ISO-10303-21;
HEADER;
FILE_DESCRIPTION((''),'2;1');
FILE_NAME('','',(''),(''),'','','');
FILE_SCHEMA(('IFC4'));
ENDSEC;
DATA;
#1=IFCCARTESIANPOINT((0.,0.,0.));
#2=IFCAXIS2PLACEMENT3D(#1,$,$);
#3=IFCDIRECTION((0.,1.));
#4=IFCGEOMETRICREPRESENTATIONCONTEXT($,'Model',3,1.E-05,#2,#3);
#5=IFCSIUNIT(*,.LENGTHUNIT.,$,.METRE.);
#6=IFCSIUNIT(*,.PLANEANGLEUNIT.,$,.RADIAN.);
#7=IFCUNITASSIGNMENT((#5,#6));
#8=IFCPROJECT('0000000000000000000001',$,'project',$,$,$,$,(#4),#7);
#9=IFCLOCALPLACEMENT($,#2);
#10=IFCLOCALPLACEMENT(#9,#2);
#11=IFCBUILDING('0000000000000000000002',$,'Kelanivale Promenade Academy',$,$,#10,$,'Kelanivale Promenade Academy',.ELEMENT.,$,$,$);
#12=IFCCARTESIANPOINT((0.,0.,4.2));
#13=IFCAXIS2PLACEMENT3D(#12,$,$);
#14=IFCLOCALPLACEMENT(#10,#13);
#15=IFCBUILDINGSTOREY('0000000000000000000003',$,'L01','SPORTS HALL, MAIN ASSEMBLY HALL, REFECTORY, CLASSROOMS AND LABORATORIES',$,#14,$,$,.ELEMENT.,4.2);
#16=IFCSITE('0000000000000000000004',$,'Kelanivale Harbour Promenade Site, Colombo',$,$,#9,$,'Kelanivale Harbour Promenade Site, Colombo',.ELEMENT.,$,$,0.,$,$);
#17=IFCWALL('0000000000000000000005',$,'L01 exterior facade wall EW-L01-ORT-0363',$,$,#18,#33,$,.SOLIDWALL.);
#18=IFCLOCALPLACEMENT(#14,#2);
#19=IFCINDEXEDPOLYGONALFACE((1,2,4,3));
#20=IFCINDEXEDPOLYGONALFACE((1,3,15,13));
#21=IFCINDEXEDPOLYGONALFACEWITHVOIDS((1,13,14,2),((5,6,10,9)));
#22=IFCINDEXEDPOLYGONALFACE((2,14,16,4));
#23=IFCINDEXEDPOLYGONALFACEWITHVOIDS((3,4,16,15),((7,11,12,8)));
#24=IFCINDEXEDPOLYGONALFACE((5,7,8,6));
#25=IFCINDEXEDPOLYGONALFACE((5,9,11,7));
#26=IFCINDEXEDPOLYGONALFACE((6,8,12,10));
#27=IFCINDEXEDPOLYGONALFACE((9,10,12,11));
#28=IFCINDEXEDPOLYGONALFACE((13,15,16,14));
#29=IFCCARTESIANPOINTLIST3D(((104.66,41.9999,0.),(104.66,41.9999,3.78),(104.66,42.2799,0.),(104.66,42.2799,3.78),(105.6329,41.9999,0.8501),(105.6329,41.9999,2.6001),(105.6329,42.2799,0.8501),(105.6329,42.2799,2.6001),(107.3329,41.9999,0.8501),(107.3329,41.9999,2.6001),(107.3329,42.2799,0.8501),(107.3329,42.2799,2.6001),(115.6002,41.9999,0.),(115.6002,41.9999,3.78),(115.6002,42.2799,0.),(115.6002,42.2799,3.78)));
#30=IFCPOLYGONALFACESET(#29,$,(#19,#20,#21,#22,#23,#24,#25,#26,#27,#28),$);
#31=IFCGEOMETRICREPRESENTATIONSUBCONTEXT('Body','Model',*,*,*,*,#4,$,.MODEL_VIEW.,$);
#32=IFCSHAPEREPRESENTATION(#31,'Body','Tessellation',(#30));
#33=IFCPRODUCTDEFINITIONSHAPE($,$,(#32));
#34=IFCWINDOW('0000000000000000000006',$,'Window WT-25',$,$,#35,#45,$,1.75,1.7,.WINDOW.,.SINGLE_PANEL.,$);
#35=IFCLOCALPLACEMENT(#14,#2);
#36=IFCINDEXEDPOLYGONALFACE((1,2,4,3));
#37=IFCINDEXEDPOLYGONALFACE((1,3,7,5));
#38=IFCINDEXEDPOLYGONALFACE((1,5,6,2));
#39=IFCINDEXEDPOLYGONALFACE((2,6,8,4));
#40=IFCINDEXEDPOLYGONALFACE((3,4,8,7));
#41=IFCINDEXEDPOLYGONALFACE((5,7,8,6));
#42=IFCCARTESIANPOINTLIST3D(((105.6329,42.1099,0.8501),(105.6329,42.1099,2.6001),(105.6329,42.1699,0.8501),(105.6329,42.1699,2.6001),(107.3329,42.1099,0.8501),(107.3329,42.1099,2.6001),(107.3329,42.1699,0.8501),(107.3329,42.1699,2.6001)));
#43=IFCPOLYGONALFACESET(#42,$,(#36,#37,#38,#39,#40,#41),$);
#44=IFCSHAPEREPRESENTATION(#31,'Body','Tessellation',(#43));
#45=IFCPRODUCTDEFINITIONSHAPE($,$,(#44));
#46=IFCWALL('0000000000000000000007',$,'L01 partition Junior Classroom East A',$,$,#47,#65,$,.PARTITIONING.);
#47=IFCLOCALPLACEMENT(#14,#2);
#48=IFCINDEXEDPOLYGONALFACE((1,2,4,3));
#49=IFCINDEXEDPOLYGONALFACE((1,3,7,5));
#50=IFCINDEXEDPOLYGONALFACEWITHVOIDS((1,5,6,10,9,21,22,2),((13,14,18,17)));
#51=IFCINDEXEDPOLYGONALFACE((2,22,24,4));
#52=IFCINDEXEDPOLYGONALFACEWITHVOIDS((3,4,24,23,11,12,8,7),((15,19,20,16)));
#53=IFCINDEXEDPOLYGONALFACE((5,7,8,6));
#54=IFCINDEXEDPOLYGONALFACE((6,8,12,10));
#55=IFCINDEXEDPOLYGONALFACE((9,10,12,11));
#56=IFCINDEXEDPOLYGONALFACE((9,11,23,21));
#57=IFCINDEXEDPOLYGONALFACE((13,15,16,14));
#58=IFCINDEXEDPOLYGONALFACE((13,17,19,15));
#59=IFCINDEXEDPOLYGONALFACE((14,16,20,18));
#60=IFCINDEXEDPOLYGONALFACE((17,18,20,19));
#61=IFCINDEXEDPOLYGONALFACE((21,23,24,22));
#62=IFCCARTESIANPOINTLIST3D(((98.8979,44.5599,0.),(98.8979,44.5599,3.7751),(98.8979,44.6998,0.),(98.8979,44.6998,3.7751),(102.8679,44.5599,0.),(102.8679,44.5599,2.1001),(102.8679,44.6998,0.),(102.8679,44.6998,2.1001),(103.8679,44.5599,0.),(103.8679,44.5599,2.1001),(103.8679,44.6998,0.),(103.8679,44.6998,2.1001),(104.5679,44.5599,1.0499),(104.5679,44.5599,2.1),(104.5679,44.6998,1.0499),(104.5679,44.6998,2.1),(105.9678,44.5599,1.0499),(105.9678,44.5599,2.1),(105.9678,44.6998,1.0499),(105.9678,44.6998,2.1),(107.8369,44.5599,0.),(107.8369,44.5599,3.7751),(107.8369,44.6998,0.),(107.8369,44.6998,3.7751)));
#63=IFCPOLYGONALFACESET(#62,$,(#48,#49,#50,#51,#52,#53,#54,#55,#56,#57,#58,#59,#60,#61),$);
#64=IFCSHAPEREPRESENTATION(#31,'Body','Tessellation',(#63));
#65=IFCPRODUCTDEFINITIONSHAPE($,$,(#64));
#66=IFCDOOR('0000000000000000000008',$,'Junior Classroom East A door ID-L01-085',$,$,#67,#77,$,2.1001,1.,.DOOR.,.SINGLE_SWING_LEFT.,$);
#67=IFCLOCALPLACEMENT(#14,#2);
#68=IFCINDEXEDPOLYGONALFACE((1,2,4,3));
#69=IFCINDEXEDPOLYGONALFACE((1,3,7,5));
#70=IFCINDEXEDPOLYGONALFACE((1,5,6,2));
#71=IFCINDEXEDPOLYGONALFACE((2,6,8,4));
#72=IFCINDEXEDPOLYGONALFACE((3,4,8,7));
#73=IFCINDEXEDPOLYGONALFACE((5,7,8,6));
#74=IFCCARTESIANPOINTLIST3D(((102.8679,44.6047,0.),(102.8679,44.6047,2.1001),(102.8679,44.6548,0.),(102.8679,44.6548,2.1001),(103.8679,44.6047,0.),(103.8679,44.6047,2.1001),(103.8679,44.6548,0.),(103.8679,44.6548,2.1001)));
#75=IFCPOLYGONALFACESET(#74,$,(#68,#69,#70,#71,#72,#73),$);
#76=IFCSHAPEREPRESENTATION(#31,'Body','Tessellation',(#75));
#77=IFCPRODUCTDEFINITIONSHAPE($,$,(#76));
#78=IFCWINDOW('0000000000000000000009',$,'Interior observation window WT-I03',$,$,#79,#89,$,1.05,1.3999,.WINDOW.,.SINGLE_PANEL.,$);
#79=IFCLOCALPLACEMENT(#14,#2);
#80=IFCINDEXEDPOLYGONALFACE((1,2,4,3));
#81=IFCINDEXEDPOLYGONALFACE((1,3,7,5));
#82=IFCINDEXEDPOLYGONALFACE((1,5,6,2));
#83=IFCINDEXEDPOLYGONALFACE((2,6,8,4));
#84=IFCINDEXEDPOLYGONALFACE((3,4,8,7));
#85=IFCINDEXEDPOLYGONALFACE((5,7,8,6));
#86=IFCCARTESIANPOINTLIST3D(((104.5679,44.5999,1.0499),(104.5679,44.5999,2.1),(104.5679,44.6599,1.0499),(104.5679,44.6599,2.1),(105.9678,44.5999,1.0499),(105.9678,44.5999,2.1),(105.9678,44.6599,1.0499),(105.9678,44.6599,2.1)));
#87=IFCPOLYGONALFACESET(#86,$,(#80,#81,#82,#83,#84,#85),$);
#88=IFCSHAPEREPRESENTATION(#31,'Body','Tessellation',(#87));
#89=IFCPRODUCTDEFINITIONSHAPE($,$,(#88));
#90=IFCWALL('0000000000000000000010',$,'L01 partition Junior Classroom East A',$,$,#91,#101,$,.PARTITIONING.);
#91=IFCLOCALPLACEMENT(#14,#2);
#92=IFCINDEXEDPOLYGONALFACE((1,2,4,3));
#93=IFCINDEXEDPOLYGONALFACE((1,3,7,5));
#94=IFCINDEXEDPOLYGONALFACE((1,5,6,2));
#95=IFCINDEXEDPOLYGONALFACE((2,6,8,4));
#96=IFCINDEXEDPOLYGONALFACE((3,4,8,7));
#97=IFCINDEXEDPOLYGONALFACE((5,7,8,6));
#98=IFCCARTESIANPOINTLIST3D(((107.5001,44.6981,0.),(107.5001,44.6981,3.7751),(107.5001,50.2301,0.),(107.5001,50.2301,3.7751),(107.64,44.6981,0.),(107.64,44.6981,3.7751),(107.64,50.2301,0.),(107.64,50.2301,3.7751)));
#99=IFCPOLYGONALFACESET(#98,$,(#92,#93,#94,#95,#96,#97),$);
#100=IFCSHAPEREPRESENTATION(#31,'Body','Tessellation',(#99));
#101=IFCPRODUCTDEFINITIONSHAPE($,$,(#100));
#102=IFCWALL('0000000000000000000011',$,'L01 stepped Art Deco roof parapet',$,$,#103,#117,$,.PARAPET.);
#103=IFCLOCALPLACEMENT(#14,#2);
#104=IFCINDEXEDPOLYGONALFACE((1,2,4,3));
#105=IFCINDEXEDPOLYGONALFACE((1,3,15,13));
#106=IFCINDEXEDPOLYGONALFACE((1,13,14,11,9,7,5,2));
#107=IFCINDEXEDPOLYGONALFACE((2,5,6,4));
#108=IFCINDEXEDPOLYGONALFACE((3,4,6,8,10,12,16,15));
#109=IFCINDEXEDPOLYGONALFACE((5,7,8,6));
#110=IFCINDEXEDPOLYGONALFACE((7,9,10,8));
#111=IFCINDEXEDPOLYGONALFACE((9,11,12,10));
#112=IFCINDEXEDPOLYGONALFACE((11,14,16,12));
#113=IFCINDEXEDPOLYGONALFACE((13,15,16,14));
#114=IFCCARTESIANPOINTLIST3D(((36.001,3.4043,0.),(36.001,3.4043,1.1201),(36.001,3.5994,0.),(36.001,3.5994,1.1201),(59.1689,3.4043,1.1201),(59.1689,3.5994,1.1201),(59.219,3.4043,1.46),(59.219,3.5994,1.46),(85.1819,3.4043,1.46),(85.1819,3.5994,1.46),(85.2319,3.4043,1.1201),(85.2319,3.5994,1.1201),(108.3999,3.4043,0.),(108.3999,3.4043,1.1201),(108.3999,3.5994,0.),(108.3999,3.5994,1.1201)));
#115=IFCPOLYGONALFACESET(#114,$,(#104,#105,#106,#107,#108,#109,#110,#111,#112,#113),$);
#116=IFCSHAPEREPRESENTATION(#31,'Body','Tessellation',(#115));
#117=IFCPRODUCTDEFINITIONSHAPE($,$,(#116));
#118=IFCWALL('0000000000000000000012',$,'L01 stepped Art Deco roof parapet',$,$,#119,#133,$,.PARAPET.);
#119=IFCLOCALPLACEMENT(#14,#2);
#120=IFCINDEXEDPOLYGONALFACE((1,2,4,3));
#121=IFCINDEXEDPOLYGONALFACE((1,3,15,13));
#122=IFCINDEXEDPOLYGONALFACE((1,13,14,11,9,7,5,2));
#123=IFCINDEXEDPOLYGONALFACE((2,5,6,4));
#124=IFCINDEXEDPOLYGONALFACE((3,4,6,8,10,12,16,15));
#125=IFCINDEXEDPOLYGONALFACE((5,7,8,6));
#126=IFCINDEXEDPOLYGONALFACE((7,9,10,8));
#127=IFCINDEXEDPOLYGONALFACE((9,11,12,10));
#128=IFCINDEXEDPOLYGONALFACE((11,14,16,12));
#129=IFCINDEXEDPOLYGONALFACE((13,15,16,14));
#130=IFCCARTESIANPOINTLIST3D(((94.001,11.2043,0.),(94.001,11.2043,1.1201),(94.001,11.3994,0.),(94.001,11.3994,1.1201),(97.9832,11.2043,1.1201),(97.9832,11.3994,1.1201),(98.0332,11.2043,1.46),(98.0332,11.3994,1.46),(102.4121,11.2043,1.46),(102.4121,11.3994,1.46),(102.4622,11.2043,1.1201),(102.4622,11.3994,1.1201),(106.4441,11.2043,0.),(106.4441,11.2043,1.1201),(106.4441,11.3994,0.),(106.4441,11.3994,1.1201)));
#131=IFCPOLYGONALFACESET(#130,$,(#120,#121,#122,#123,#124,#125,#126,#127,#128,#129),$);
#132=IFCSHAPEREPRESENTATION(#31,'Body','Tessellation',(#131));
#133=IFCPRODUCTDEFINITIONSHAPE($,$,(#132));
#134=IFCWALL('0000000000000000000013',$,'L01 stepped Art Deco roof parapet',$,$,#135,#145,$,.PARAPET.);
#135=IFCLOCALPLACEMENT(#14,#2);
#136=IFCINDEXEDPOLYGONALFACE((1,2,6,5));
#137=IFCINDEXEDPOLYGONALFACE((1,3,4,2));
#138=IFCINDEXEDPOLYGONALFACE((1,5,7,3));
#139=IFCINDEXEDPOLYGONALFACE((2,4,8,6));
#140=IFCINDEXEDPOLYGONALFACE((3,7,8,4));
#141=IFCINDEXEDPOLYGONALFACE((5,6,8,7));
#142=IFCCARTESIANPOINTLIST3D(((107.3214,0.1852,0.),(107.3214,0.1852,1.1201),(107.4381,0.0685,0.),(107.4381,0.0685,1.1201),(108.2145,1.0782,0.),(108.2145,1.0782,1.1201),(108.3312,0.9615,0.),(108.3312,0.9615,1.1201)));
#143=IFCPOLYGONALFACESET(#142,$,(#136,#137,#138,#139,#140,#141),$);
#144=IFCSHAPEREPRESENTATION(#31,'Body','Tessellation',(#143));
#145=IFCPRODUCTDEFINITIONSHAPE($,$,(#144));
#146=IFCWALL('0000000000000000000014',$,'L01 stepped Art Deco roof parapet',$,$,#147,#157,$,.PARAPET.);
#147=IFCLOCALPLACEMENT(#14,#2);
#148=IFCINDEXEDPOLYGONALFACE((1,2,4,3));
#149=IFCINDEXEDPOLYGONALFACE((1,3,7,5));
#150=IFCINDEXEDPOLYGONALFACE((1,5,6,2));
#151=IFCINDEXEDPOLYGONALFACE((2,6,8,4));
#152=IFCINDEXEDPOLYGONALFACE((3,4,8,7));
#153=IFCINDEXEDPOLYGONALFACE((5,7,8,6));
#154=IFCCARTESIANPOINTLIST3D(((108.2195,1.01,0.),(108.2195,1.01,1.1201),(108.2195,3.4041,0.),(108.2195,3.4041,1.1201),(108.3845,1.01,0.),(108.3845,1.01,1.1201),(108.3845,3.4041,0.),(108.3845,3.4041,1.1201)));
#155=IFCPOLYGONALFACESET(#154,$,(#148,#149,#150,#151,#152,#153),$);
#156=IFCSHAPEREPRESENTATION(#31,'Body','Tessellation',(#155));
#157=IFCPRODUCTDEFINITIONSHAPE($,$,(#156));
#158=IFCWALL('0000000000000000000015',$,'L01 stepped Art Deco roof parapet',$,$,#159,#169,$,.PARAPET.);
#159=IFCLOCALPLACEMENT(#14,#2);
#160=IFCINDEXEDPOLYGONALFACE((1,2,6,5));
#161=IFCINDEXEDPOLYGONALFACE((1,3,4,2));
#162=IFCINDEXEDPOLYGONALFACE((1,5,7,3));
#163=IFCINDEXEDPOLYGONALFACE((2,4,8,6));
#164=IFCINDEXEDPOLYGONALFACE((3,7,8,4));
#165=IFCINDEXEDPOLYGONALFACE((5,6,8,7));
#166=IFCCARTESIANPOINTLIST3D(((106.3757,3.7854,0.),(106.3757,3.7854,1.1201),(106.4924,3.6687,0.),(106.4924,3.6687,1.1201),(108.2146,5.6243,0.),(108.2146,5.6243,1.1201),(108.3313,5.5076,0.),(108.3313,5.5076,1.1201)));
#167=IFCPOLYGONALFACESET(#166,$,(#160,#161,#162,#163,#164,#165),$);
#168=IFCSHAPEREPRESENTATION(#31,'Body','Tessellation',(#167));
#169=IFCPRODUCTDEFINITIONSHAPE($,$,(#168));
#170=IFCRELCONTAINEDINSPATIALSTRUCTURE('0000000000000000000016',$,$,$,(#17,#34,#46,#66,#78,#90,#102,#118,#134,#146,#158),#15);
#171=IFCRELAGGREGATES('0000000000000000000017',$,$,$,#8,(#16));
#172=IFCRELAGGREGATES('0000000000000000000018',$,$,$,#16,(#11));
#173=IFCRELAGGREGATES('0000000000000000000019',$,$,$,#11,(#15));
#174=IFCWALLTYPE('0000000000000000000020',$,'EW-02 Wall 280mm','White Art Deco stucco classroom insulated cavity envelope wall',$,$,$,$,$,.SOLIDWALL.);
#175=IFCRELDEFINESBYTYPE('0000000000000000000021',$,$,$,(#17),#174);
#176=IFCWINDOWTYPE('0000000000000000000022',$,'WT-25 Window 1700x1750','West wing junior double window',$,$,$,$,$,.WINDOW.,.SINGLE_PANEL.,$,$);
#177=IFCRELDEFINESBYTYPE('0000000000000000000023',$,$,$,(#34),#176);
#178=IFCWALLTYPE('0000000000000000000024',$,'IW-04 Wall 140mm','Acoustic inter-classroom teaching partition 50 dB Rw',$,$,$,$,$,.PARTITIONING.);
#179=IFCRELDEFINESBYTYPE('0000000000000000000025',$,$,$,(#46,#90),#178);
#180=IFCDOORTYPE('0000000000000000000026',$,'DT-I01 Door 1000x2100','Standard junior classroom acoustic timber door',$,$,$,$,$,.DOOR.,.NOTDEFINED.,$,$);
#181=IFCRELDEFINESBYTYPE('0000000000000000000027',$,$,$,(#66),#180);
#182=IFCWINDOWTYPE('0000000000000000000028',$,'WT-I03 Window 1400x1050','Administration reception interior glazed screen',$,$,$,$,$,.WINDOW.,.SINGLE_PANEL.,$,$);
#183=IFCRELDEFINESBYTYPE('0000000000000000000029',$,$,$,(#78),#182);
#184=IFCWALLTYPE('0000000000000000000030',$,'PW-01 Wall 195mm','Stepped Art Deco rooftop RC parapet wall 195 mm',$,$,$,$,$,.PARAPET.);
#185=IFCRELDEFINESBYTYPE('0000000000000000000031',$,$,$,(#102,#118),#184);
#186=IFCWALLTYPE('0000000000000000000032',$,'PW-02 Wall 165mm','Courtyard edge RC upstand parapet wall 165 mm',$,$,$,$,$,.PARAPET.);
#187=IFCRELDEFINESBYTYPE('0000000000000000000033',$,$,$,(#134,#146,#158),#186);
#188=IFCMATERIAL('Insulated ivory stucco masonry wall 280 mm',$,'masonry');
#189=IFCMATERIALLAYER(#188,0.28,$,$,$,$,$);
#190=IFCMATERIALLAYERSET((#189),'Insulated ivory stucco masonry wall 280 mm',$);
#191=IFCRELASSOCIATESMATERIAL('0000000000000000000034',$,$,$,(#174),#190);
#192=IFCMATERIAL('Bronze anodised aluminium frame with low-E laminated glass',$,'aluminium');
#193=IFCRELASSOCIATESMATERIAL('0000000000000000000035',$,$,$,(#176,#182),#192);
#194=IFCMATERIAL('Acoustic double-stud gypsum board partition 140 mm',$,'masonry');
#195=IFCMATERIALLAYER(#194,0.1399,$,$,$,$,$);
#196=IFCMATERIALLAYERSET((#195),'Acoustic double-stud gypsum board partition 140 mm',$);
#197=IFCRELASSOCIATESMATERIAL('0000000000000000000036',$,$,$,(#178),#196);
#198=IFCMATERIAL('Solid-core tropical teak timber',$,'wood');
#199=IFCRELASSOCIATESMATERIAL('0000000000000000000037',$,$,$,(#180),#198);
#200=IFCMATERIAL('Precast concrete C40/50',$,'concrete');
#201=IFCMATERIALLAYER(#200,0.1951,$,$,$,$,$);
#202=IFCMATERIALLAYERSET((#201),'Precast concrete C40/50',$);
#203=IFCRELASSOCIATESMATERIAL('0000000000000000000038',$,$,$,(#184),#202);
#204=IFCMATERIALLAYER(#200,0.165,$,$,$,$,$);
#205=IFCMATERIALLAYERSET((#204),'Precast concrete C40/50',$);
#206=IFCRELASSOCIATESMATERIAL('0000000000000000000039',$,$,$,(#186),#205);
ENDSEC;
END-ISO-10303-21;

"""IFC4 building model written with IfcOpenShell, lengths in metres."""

from ifc_helpers import new_model, si_unit, direction, frame, frame_2d, origin, place, context, subcontext, project, spatial, polyline, rectangle, outline, extrude, material, layer, layer_set, type_object, element, fill, save


model = new_model("IFC4")

# Units and contexts
model_context = context("Model", 3, precision=1e-05, world=origin(), true_north=direction((0.0, 1.0)))
body_context = subcontext(model_context, "Body", "Model", "MODEL_VIEW")
ifc_project = project(units=[si_unit("LENGTHUNIT", "METRE"), si_unit("PLANEANGLEUNIT", "RADIAN")], contexts=[model_context])

# Site, building, storey
site_placement = place(None, origin())
site = spatial("IfcSite", under=ifc_project, at=site_placement, Name="Kelanivale Harbour Promenade Site, Colombo", LongName="Kelanivale Harbour Promenade Site, Colombo", CompositionType="ELEMENT", RefElevation=0.0)
building_placement = place(site_placement, origin())
building = spatial("IfcBuilding", under=site, at=building_placement, Name="Kelanivale Promenade Academy", LongName="Kelanivale Promenade Academy", CompositionType="ELEMENT")
storey_placement = place(building_placement, frame((0.0, 0.0, 4.2)))
storey = spatial("IfcBuildingStorey", under=building, at=storey_placement, Name="L01", Description="SPORTS HALL, MAIN ASSEMBLY HALL, REFECTORY, CLASSROOMS AND LABORATORIES", CompositionType="ELEMENT", Elevation=4.2)

# Wall, opening, window
ifc_material_1 = material(Name="Insulated ivory stucco masonry wall 280 mm", Category="masonry")
ifc_layer_1 = layer(ifc_material_1, 0.28)
ifc_layer_set_1 = layer_set([ifc_layer_1], Name="Insulated ivory stucco masonry wall 280 mm")
wall_type_1 = type_object("IfcWallType", Name="EW-02 Wall 280mm", Description="White Art Deco stucco classroom insulated cavity envelope wall", PredefinedType="SOLIDWALL", material=ifc_layer_set_1)
wall_1_placement = place(storey_placement, frame((104.6599, 42.1399, 0.0), z_axis=(0.0, 0.0, 1.0), x_axis=(1.0, 0.0, 0.0)))
wall_1 = element("IfcWall", 1, at=wall_1_placement, inside=storey, type_object=wall_type_1, Name="L01 exterior facade wall EW-L01-ORT-0363", PredefinedType="SOLIDWALL", context=body_context, shape_type="SweptSolid", body=[
    extrude(rectangle(XDim=10.9402, YDim=0.28, at=frame_2d((5.4702, 0.0))), origin(), (0.0, 0.0, 1.0), 3.78),
])
opening_1_placement = place(wall_1_placement, frame((0.9729, 0.0, 0.8501)))
opening_1 = element("IfcOpeningElement", 2, at=opening_1_placement, cuts=wall_1, PredefinedType="OPENING", context=body_context, shape_type="SweptSolid", body=[
    extrude(rectangle(XDim=1.7, YDim=1.75, at=frame_2d((0.8501, 0.875))), frame((0.0, 0.1499, 0.0), z_axis=(0.0, -1.0, 0.0), x_axis=(1.0, 0.0, 0.0)), (0.0, 0.0, 1.0), 0.3),
])
ifc_material_2 = material(Name="Bronze anodised aluminium frame with low-E laminated glass", Category="aluminium")
window_type_1 = type_object("IfcWindowType", Name="WT-25 Window 1700x1750", Description="West wing junior double window", PartitioningType="SINGLE_PANEL", PredefinedType="WINDOW", material=ifc_material_2)
window_1_placement = place(opening_1_placement, origin())
window_1 = element("IfcWindow", 3, at=window_1_placement, inside=storey, type_object=window_type_1, Name="Window WT-25", OverallHeight=1.75, OverallWidth=1.7, PartitioningType="SINGLE_PANEL", PredefinedType="WINDOW", context=body_context, shape_type="SweptSolid", body=[
    extrude(rectangle(XDim=1.7, YDim=1.75, at=frame_2d((0.8501, 0.875))), frame((0.0, 0.03, 0.0), z_axis=(0.0, -1.0, 0.0), x_axis=(1.0, 0.0, 0.0)), (0.0, 0.0, 1.0), 0.0601),
])
fill(opening_1, window_1)

# Wall, openings, door, window
ifc_material_3 = material(Name="Acoustic double-stud gypsum board partition 140 mm", Category="masonry")
ifc_layer_2 = layer(ifc_material_3, 0.1399)
ifc_layer_set_2 = layer_set([ifc_layer_2], Name="Acoustic double-stud gypsum board partition 140 mm")
wall_type_2 = type_object("IfcWallType", Name="IW-04 Wall 140mm", Description="Acoustic inter-classroom teaching partition 50 dB Rw", PredefinedType="PARTITIONING", material=ifc_layer_set_2)
wall_2_placement = place(storey_placement, frame((98.8979, 44.6299, 0.0), z_axis=(0.0, 0.0, 1.0), x_axis=(1.0, 0.0, 0.0)))
wall_2 = element("IfcWall", 4, at=wall_2_placement, inside=storey, type_object=wall_type_2, Name="L01 partition Junior Classroom East A", PredefinedType="PARTITIONING", context=body_context, shape_type="SweptSolid", body=[
    extrude(rectangle(XDim=8.939, YDim=0.1399, at=frame_2d((4.4695, 0.0))), origin(), (0.0, 0.0, 1.0), 3.7751),
])
opening_2_placement = place(wall_2_placement, frame((3.97, 0.0, 0.0)))
opening_2 = element("IfcOpeningElement", 5, at=opening_2_placement, cuts=wall_2, PredefinedType="OPENING", context=body_context, shape_type="SweptSolid", body=[
    extrude(rectangle(XDim=1.0, YDim=2.1001, at=frame_2d((0.5, 1.05))), frame((0.0, 0.0801, 0.0), z_axis=(0.0, -1.0, 0.0), x_axis=(1.0, 0.0, 0.0)), (0.0, 0.0, 1.0), 0.1599),
])
opening_3_placement = place(wall_2_placement, frame((5.6699, 0.0, 1.05)))
opening_3 = element("IfcOpeningElement", 6, at=opening_3_placement, cuts=wall_2, PredefinedType="OPENING", context=body_context, shape_type="SweptSolid", body=[
    extrude(rectangle(XDim=1.3999, YDim=1.05, at=frame_2d((0.7, 0.5249))), frame((0.0, 0.0801, 0.0), z_axis=(0.0, -1.0, 0.0), x_axis=(1.0, 0.0, 0.0)), (0.0, 0.0, 1.0), 0.1599),
])
ifc_material_4 = material(Name="Solid-core tropical teak timber", Category="wood")
door_type = type_object("IfcDoorType", Name="DT-I01 Door 1000x2100", Description="Standard junior classroom acoustic timber door", OperationType="NOTDEFINED", PredefinedType="DOOR", material=ifc_material_4)
door_placement = place(opening_2_placement, origin())
door = element("IfcDoor", 7, at=door_placement, inside=storey, type_object=door_type, Name="Junior Classroom East A door ID-L01-085", OperationType="SINGLE_SWING_LEFT", OverallHeight=2.1001, OverallWidth=1.0, PredefinedType="DOOR", context=body_context, shape_type="SweptSolid", body=[
    extrude(rectangle(XDim=1.0, YDim=2.1001, at=frame_2d((0.5, 1.05))), frame((0.0, 0.0249, 0.0), z_axis=(0.0, -1.0, 0.0), x_axis=(1.0, 0.0, 0.0)), (0.0, 0.0, 1.0), 0.05),
])
fill(opening_2, door)
window_type_2 = type_object("IfcWindowType", Name="WT-I03 Window 1400x1050", Description="Administration reception interior glazed screen", PartitioningType="SINGLE_PANEL", PredefinedType="WINDOW", material=ifc_material_2)
window_2_placement = place(opening_3_placement, origin())
window_2 = element("IfcWindow", 8, at=window_2_placement, inside=storey, type_object=window_type_2, Name="Interior observation window WT-I03", OverallHeight=1.05, OverallWidth=1.3999, PartitioningType="SINGLE_PANEL", PredefinedType="WINDOW", context=body_context, shape_type="SweptSolid", body=[
    extrude(rectangle(XDim=1.3999, YDim=1.05, at=frame_2d((0.7, 0.5249))), frame((0.0, 0.03, 0.0), z_axis=(0.0, -1.0, 0.0), x_axis=(1.0, 0.0, 0.0)), (0.0, 0.0, 1.0), 0.0601),
])
fill(opening_3, window_2)

# Walls
wall_3_placement = place(storey_placement, frame((107.5701, 44.698, 0.0), z_axis=(0.0, 0.0, 1.0), x_axis=(0.0, 1.0, 0.0)))
element("IfcWall", 9, at=wall_3_placement, inside=storey, type_object=wall_type_2, Name="L01 partition Junior Classroom East A", PredefinedType="PARTITIONING", context=body_context, shape_type="SweptSolid", body=[
    extrude(rectangle(XDim=5.532, YDim=0.1399, at=frame_2d((2.7661, 0.0))), origin(), (0.0, 0.0, 1.0), 3.7751),
])
ifc_material_5 = material(Name="Precast concrete C40/50", Category="concrete")
ifc_layer_3 = layer(ifc_material_5, 0.1951)
ifc_layer_set_3 = layer_set([ifc_layer_3], Name="Precast concrete C40/50")
wall_type_3 = type_object("IfcWallType", Name="PW-01 Wall 195mm", Description="Stepped Art Deco rooftop RC parapet wall 195 mm", PredefinedType="PARAPET", material=ifc_layer_set_3)
wall_4_placement = place(storey_placement, frame((108.3999, 3.502, 0.0), z_axis=(0.0, 0.0, 1.0), x_axis=(-1.0, 0.0, 0.0)))
element("IfcWall", 10, at=wall_4_placement, inside=storey, type_object=wall_type_3, Name="L01 stepped Art Deco roof parapet", PredefinedType="PARAPET", context=body_context, shape_type="SweptSolid", body=[
    extrude(outline(polyline([(0.0, 0.0), (72.3989, 0.0), (72.3989, 1.1201), (49.231, 1.1201), (49.1809, 1.46), (23.218, 1.46), (23.168, 1.1201), (0.0, 1.1201), (0.0, 0.0)])), frame((0.0, 0.0977, 0.0), z_axis=(0.0, -1.0, 0.0), x_axis=(1.0, 0.0, 0.0)), (0.0, 0.0, 1.0), 0.1951),
])
wall_5_placement = place(storey_placement, frame((106.4441, 11.302, 0.0), z_axis=(0.0, 0.0, 1.0), x_axis=(-1.0, 0.0, 0.0)))
element("IfcWall", 11, at=wall_5_placement, inside=storey, type_object=wall_type_3, Name="L01 stepped Art Deco roof parapet", PredefinedType="PARAPET", context=body_context, shape_type="SweptSolid", body=[
    extrude(outline(polyline([(0.0, 0.0), (12.4431, 0.0), (12.4431, 1.1201), (8.4609, 1.1201), (8.4109, 1.46), (4.032, 1.46), (3.9819, 1.1201), (0.0, 1.1201), (0.0, 0.0)])), frame((0.0, 0.0977, 0.0), z_axis=(0.0, -1.0, 0.0), x_axis=(1.0, 0.0, 0.0)), (0.0, 0.0, 1.0), 0.1951),
])
ifc_layer_4 = layer(ifc_material_5, 0.165)
ifc_layer_set_4 = layer_set([ifc_layer_4], Name="Precast concrete C40/50")
wall_type_4 = type_object("IfcWallType", Name="PW-02 Wall 165mm", Description="Courtyard edge RC upstand parapet wall 165 mm", PredefinedType="PARAPET", material=ifc_layer_set_4)
wall_6_placement = place(storey_placement, frame((107.3799, 0.127, 0.0), z_axis=(0.0, 0.0, 1.0), x_axis=(0.707107, 0.707107, 0.0)))
element("IfcWall", 12, at=wall_6_placement, inside=storey, type_object=wall_type_4, Name="L01 stepped Art Deco roof parapet", PredefinedType="PARAPET", context=body_context, shape_type="SweptSolid", body=[
    extrude(rectangle(XDim=1.2629, YDim=0.165, at=frame_2d((0.6313, 0.0))), origin(), (0.0, 0.0, 1.0), 1.1201),
])
wall_7_placement = place(storey_placement, frame((108.302, 1.01, 0.0), z_axis=(0.0, 0.0, 1.0), x_axis=(0.0, 1.0, 0.0)))
element("IfcWall", 13, at=wall_7_placement, inside=storey, type_object=wall_type_4, Name="L01 stepped Art Deco roof parapet", PredefinedType="PARAPET", context=body_context, shape_type="SweptSolid", body=[
    extrude(rectangle(XDim=2.394, YDim=0.165, at=frame_2d((1.197, 0.0))), origin(), (0.0, 0.0, 1.0), 1.1201),
])
wall_8_placement = place(storey_placement, frame((106.4341, 3.7271, 0.0), z_axis=(0.0, 0.0, 1.0), x_axis=(0.707107, 0.707107, 0.0)))
element("IfcWall", 14, at=wall_8_placement, inside=storey, type_object=wall_type_4, Name="L01 stepped Art Deco roof parapet", PredefinedType="PARAPET", context=body_context, shape_type="SweptSolid", body=[
    extrude(rectangle(XDim=2.6006, YDim=0.165, at=frame_2d((1.3003, 0.0))), origin(), (0.0, 0.0, 1.0), 1.1201),
])

save(model, "model.ifc")
